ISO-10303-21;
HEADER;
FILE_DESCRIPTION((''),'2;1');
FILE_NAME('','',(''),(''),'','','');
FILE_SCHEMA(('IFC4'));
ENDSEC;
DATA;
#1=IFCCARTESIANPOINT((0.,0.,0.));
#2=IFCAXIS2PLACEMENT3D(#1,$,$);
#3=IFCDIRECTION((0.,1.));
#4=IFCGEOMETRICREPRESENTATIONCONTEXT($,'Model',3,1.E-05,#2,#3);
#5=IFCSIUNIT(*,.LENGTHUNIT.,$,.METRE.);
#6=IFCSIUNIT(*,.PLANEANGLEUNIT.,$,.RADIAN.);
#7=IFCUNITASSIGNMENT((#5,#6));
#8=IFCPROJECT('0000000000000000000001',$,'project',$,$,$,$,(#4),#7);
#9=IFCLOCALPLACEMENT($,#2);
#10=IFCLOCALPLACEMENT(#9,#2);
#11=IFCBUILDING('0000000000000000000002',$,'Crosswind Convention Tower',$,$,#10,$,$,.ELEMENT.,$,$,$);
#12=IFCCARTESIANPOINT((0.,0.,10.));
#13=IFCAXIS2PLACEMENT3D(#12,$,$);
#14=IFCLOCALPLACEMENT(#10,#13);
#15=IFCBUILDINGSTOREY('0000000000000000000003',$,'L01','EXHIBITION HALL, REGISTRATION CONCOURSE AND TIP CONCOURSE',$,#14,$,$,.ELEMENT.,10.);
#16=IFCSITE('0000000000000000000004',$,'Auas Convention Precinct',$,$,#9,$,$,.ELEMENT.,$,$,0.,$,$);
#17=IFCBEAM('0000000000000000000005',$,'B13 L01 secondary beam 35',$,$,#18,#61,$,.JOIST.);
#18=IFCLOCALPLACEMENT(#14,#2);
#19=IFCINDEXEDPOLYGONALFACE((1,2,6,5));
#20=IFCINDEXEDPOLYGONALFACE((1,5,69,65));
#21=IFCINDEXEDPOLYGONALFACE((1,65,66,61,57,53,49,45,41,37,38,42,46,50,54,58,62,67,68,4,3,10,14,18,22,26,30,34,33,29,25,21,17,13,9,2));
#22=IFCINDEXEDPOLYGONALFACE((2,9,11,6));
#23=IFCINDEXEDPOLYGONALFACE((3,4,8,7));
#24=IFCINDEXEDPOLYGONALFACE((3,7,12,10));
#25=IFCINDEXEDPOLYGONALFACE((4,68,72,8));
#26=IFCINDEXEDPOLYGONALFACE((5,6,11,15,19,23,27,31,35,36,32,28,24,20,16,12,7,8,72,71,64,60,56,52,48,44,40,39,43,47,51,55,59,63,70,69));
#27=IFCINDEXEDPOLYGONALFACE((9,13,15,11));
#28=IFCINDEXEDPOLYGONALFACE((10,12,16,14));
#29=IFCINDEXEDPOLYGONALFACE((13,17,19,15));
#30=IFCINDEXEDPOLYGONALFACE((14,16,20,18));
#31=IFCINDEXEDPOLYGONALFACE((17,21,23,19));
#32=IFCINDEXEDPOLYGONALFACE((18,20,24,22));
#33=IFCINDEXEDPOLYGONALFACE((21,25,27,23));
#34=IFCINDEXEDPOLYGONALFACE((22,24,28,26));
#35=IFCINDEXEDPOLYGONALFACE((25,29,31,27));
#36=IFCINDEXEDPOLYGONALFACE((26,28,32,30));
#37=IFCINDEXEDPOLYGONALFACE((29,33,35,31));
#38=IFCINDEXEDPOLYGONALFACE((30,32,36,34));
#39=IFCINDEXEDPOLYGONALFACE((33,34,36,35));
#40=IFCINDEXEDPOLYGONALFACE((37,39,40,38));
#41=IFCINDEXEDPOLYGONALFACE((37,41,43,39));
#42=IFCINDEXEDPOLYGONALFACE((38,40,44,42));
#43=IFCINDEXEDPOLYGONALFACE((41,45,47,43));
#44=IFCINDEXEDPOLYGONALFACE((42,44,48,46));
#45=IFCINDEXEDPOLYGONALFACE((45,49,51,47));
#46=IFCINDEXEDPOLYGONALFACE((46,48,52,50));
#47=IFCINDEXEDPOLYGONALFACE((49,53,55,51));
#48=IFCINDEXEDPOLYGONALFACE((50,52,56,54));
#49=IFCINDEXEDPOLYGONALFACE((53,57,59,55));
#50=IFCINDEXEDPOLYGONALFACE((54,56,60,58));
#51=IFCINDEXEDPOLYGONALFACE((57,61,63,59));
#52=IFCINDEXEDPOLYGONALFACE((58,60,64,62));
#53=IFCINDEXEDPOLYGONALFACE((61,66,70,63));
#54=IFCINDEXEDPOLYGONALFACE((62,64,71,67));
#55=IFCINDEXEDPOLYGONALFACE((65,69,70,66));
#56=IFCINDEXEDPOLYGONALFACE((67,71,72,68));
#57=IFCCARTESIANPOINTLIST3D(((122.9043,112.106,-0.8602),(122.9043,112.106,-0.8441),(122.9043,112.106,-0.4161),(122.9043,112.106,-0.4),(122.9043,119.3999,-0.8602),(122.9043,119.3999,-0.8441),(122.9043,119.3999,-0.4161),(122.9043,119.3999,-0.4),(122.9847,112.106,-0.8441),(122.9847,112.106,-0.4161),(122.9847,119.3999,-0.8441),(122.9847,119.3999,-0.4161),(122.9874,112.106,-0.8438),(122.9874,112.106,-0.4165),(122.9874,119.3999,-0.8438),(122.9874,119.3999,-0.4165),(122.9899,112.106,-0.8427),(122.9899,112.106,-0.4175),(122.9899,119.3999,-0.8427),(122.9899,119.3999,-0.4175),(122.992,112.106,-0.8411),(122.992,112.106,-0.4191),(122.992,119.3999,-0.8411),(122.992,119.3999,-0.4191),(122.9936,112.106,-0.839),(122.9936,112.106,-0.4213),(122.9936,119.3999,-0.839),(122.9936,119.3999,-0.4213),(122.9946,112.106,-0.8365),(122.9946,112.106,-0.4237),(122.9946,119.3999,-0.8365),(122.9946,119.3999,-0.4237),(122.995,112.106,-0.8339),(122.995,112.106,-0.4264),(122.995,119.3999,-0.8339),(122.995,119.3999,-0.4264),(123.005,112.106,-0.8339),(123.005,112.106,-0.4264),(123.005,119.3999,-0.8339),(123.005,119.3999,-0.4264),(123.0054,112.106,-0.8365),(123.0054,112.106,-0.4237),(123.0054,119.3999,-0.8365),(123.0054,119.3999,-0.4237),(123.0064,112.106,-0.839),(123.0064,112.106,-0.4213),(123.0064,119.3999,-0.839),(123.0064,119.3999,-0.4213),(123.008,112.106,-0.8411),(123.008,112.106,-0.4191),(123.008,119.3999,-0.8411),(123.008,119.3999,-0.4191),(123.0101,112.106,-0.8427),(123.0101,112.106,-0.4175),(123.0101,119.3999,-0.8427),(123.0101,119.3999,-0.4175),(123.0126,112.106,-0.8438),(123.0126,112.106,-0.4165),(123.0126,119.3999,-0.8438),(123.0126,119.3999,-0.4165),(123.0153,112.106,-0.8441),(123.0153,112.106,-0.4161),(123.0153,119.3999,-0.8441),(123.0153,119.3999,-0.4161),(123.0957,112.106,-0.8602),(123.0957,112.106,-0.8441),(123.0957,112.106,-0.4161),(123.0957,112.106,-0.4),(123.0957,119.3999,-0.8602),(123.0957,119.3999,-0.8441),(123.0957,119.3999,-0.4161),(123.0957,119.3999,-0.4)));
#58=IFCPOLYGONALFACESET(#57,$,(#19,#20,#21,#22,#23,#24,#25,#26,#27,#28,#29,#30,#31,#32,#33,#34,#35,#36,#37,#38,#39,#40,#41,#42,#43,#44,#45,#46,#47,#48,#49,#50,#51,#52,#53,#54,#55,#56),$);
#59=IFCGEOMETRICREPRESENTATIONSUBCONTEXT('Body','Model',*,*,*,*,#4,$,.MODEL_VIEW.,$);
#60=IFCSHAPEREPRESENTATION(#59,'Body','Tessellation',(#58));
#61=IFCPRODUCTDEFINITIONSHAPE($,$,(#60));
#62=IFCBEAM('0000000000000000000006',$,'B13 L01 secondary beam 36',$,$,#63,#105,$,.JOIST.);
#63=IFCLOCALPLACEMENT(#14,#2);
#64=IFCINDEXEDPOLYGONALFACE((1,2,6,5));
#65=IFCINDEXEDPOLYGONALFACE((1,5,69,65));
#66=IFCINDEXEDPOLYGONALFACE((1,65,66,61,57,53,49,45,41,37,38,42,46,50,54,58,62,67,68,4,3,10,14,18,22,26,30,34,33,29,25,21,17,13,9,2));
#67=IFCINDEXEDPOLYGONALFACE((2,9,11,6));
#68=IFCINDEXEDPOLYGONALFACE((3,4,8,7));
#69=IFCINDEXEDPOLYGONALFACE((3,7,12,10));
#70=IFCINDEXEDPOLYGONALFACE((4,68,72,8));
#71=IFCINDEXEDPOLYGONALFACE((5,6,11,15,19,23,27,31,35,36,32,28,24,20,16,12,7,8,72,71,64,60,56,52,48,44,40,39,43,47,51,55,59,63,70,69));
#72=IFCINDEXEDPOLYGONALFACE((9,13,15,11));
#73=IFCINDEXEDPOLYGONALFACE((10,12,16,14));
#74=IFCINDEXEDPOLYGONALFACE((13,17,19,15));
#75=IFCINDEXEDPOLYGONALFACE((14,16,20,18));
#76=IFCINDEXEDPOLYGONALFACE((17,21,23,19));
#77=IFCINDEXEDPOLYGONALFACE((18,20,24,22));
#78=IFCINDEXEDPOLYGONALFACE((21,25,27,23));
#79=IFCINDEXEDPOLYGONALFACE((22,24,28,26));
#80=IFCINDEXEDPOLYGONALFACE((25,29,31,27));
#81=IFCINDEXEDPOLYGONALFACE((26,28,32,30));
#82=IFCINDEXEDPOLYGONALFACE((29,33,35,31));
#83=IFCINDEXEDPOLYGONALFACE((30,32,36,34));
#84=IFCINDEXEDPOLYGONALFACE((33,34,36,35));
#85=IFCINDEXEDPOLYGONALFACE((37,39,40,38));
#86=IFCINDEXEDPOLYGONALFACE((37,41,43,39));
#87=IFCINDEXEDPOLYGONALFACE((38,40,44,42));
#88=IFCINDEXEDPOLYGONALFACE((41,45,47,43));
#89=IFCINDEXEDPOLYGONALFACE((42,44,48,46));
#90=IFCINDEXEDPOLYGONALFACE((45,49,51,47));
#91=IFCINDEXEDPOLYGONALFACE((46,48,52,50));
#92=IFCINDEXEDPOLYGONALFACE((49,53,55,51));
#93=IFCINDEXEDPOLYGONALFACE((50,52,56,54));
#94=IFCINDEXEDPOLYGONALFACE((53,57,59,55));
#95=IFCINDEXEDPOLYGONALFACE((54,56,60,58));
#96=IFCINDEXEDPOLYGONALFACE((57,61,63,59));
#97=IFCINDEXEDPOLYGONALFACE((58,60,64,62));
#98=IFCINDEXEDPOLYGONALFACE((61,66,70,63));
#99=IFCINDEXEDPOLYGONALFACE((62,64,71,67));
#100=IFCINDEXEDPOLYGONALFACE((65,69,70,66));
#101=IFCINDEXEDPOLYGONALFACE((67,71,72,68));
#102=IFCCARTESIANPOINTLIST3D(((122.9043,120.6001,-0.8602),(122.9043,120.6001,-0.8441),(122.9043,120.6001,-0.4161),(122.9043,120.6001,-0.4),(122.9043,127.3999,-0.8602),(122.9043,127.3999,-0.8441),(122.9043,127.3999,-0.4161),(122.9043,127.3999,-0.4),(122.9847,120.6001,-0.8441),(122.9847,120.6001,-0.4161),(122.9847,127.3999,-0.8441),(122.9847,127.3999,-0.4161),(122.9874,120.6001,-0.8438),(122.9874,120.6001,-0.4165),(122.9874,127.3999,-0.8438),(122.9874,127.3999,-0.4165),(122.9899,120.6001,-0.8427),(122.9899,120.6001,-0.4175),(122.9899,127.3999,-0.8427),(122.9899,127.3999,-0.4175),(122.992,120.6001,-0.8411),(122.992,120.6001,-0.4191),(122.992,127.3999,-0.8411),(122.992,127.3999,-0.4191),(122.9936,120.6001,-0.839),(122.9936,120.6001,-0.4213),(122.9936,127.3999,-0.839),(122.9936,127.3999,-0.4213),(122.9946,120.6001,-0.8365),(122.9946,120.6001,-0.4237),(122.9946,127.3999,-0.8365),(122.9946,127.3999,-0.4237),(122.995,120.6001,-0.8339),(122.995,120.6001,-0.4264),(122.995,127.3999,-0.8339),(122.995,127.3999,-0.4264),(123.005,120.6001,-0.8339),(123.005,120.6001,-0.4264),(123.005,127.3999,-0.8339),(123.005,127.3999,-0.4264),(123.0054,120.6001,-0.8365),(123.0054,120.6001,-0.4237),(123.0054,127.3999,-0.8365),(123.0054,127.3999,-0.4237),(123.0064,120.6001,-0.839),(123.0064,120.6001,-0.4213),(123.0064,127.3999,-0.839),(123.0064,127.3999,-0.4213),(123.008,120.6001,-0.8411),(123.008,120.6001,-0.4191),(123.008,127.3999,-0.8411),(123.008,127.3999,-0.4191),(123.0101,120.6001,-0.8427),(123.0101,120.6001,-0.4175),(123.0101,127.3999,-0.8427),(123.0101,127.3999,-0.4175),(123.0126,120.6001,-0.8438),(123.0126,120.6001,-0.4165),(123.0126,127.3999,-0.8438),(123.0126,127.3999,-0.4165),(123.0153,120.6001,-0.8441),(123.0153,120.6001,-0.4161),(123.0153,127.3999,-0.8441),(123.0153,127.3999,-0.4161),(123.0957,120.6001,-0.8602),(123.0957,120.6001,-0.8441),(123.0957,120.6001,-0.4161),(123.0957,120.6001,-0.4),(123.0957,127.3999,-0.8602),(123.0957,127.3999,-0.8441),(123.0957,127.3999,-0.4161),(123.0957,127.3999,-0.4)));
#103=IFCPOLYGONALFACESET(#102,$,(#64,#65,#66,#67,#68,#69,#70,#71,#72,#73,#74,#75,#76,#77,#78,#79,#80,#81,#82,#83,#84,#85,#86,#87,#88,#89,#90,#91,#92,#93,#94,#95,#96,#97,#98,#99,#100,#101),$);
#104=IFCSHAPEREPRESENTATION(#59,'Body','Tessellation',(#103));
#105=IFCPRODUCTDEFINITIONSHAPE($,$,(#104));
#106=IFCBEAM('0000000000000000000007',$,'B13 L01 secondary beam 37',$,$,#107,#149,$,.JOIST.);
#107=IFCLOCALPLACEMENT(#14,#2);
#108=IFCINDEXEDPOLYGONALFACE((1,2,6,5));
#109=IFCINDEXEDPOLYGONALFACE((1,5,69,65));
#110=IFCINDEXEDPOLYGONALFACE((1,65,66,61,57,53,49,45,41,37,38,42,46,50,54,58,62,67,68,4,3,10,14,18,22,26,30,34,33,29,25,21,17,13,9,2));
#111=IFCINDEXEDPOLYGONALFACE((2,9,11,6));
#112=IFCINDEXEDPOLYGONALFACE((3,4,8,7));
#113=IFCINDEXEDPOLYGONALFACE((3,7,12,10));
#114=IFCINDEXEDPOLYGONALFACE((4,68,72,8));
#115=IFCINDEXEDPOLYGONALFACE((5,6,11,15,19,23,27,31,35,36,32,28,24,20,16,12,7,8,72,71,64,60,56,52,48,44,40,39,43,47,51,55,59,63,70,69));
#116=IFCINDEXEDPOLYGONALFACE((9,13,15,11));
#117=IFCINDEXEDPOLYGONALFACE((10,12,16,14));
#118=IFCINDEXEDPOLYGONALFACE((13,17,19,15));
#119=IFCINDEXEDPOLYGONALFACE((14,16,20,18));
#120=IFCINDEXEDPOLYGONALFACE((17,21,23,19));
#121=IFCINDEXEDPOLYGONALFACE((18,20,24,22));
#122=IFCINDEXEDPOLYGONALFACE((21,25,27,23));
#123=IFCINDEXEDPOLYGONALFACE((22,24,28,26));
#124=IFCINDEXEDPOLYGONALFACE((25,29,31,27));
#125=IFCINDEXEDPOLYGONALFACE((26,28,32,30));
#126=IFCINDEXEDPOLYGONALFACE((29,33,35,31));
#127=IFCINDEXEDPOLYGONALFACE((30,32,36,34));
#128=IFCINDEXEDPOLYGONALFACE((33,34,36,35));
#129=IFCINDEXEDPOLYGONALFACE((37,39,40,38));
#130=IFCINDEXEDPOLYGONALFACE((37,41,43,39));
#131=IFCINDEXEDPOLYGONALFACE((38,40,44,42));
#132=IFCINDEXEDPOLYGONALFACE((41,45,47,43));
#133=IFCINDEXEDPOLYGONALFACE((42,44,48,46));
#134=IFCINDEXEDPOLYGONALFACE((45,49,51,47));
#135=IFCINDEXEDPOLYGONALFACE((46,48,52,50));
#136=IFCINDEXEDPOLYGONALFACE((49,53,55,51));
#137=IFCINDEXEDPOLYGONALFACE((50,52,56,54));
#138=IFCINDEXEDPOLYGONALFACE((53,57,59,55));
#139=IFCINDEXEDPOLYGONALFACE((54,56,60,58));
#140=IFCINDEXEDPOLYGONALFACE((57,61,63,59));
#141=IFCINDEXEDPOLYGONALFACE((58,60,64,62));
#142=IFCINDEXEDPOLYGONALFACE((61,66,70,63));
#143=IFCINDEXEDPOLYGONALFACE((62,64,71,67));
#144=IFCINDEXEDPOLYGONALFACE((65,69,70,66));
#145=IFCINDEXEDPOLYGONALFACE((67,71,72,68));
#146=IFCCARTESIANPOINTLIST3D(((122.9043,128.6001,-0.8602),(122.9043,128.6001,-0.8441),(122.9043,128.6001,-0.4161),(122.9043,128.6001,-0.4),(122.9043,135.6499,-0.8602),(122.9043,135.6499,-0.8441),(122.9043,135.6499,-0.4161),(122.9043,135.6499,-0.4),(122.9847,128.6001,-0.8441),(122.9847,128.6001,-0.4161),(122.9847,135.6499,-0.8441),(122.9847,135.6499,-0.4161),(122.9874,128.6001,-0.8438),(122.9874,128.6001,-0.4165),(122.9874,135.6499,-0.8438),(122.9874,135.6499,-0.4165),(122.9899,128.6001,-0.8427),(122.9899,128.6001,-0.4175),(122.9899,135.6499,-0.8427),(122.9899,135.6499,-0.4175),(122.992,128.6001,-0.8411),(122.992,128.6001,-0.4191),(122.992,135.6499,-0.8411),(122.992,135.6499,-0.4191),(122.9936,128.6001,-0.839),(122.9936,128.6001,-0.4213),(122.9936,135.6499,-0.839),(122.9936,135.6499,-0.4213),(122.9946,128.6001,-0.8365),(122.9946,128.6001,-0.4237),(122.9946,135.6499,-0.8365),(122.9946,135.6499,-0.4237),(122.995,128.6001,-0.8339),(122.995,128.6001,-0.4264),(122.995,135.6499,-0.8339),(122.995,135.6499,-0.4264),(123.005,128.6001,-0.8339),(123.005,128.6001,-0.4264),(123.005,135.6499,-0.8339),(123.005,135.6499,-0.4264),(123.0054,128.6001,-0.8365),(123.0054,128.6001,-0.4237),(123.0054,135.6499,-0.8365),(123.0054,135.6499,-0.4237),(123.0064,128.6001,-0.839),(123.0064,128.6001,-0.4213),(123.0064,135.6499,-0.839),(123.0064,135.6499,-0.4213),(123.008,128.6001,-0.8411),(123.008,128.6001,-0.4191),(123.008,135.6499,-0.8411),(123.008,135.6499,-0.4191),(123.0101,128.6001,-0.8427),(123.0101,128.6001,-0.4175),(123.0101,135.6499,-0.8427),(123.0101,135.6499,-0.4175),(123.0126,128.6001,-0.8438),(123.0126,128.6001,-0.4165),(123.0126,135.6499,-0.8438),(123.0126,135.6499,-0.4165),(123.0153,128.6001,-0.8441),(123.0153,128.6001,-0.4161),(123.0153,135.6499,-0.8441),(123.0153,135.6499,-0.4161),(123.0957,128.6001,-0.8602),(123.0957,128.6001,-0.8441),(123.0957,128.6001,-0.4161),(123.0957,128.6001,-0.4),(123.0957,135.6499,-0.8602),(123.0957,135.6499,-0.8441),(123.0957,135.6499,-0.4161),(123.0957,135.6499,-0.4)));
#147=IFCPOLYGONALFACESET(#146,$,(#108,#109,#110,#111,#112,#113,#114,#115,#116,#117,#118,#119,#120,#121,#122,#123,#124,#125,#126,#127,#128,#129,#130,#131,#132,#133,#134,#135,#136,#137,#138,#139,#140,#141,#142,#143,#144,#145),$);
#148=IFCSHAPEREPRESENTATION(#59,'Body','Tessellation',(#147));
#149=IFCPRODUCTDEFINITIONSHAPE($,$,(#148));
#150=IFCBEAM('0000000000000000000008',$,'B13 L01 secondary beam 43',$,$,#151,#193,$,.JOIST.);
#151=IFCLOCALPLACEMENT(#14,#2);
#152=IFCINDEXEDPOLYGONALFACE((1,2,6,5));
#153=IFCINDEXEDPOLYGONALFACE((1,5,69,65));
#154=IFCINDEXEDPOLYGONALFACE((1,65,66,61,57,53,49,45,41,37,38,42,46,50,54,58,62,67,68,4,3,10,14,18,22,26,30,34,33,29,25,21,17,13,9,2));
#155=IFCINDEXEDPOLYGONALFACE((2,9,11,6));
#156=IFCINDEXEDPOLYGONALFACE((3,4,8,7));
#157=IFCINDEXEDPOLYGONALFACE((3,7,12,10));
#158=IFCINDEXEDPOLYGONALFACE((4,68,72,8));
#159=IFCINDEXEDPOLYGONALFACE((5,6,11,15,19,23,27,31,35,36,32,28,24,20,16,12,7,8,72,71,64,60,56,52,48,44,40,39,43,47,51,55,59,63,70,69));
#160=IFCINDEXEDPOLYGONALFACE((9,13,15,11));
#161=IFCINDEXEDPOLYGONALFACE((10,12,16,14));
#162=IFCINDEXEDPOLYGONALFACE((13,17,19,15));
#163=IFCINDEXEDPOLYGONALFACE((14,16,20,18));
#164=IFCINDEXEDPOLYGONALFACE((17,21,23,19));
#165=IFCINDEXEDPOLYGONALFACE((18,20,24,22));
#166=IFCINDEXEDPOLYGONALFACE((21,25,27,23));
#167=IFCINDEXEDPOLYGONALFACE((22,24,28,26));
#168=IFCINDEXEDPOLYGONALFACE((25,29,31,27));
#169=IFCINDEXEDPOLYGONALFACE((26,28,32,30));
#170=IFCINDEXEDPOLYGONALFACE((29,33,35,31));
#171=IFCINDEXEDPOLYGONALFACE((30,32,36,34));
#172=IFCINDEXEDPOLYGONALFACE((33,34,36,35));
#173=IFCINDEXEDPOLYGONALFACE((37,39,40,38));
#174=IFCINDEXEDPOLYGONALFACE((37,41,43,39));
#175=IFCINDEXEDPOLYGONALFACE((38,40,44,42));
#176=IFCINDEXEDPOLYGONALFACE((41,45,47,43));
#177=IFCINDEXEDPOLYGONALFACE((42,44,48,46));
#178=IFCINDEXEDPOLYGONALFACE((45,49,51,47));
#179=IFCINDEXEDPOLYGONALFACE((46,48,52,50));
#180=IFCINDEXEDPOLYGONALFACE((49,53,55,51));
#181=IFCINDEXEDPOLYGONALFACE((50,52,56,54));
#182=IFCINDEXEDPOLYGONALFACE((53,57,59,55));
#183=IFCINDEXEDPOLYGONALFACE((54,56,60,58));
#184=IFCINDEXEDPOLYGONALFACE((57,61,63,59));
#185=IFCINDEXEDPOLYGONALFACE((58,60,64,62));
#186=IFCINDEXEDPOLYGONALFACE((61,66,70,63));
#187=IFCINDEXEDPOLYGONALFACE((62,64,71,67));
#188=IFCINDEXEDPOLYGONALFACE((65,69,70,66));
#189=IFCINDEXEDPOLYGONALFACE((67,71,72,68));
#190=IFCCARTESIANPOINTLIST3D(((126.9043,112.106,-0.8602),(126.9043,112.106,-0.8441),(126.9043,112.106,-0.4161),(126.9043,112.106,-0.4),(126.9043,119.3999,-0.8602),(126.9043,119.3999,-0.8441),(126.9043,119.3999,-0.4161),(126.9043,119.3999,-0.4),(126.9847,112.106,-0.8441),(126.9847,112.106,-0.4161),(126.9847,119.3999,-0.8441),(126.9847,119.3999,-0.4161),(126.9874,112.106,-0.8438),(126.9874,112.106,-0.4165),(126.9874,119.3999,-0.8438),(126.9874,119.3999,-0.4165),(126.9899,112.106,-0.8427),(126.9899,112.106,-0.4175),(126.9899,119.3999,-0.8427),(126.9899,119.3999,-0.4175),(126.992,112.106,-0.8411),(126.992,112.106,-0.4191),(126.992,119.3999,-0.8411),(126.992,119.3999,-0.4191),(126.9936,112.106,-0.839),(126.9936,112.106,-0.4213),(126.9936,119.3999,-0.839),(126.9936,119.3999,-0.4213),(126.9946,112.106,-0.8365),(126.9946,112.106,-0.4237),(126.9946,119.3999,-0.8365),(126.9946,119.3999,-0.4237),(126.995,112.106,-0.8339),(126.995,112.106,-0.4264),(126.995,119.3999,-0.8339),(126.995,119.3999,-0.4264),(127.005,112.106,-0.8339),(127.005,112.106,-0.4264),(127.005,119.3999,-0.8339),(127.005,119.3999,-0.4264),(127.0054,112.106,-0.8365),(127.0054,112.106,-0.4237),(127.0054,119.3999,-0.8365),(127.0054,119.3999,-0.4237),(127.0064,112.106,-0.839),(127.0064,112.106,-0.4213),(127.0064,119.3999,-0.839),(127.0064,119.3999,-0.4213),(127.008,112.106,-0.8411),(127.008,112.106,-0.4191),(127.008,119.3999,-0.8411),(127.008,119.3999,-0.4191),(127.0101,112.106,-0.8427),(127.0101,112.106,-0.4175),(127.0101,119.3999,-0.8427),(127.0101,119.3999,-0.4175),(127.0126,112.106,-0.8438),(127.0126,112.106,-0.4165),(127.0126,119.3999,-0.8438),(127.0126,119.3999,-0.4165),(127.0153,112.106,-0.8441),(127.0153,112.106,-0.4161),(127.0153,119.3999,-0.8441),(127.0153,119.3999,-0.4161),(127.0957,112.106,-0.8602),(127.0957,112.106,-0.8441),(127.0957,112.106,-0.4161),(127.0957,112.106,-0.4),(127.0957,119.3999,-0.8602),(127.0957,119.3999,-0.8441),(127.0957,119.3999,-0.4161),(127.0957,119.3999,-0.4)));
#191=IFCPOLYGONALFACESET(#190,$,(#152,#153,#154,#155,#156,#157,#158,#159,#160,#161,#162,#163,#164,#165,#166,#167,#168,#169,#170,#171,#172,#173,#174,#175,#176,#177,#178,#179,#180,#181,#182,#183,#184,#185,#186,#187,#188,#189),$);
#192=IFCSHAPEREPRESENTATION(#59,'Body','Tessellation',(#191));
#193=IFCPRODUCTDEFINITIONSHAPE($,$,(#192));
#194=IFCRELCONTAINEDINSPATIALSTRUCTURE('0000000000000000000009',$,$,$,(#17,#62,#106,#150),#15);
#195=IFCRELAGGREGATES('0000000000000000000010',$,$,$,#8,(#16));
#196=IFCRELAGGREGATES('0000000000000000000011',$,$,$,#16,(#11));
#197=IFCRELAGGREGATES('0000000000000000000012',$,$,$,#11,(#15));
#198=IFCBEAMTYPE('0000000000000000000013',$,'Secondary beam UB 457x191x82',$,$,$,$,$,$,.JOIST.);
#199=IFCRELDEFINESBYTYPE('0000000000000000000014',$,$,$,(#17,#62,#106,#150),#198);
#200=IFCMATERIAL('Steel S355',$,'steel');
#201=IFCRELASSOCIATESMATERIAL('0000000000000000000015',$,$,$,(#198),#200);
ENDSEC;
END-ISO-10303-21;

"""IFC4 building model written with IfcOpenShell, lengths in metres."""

from ifc_helpers import new_model, si_unit, direction, frame, origin, origin_2d, place, context, subcontext, project, spatial, i_section, extrude, material, material_profile, profile_set, type_object, element, save


model = new_model("IFC4")

# Units and contexts
model_context = context("Model", 3, precision=1e-05, world=origin(), true_north=direction((0.0, 1.0)))
body_context = subcontext(model_context, "Body", "Model", "MODEL_VIEW")
ifc_project = project(units=[si_unit("LENGTHUNIT", "METRE"), si_unit("PLANEANGLEUNIT", "RADIAN")], contexts=[model_context])

# Site, building, storey
site_placement = place(None, origin())
site = spatial("IfcSite", under=ifc_project, at=site_placement, Name="Auas Convention Precinct", CompositionType="ELEMENT", RefElevation=0.0)
building_placement = place(site_placement, origin())
building = spatial("IfcBuilding", under=site, at=building_placement, Name="Crosswind Convention Tower", CompositionType="ELEMENT")
storey_placement = place(building_placement, frame((0.0, 0.0, 10.0)))
storey = spatial("IfcBuildingStorey", under=building, at=storey_placement, Name="L01", Description="EXHIBITION HALL, REGISTRATION CONCOURSE AND TIP CONCOURSE", CompositionType="ELEMENT", Elevation=10.0)

# Shared definitions
ifc_material_1 = material(Name="Steel S355", Category="steel")

# Beams
ifc_material_profile_1 = material_profile(ifc_material_1, i_section(OverallWidth=0.1914, OverallDepth=0.4602, WebThickness=0.01, FlangeThickness=0.0161, FilletRadius=0.0103, at=origin_2d()), Name="UB 457x191x82")
ifc_profile_set_1 = profile_set([ifc_material_profile_1], Name="Steel S355")
beam_type_1 = type_object("IfcBeamType", Name="Secondary beam UB 457x191x82", PredefinedType="JOIST", material=ifc_profile_set_1)
beam_1_placement = place(storey_placement, frame((123.0, 112.106, -0.6301), z_axis=(0.0, 1.0, 0.0), x_axis=(-1.0, 0.0, 0.0)))
element("IfcBeam", 1, at=beam_1_placement, inside=storey, type_object=beam_type_1, Name="B13 L01 secondary beam 35", PredefinedType="JOIST", context=body_context, shape_type="SweptSolid", body=[
    extrude(i_section(OverallWidth=0.1914, OverallDepth=0.4602, WebThickness=0.01, FlangeThickness=0.0161, FilletRadius=0.0103, at=origin_2d()), origin(), (0.0, 0.0, 1.0), 7.2939),
])
beam_2_placement = place(storey_placement, frame((123.0, 120.6001, -0.6301), z_axis=(0.0, 1.0, 0.0), x_axis=(-1.0, 0.0, 0.0)))
element("IfcBeam", 2, at=beam_2_placement, inside=storey, type_object=beam_type_1, Name="B13 L01 secondary beam 36", PredefinedType="JOIST", context=body_context, shape_type="SweptSolid", body=[
    extrude(i_section(OverallWidth=0.1914, OverallDepth=0.4602, WebThickness=0.01, FlangeThickness=0.0161, FilletRadius=0.0103, at=origin_2d()), origin(), (0.0, 0.0, 1.0), 6.7998),
])
beam_3_placement = place(storey_placement, frame((123.0, 128.6001, -0.6301), z_axis=(0.0, 1.0, 0.0), x_axis=(-1.0, 0.0, 0.0)))
element("IfcBeam", 3, at=beam_3_placement, inside=storey, type_object=beam_type_1, Name="B13 L01 secondary beam 37", PredefinedType="JOIST", context=body_context, shape_type="SweptSolid", body=[
    extrude(i_section(OverallWidth=0.1914, OverallDepth=0.4602, WebThickness=0.01, FlangeThickness=0.0161, FilletRadius=0.0103, at=origin_2d()), origin(), (0.0, 0.0, 1.0), 7.0498),
])
beam_4_placement = place(storey_placement, frame((127.0, 112.106, -0.6301), z_axis=(0.0, 1.0, 0.0), x_axis=(-1.0, 0.0, 0.0)))
element("IfcBeam", 4, at=beam_4_placement, inside=storey, type_object=beam_type_1, Name="B13 L01 secondary beam 43", PredefinedType="JOIST", context=body_context, shape_type="SweptSolid", body=[
    extrude(i_section(OverallWidth=0.1914, OverallDepth=0.4602, WebThickness=0.01, FlangeThickness=0.0161, FilletRadius=0.0103, at=origin_2d()), origin(), (0.0, 0.0, 1.0), 7.2939),
])

save(model, "model.ifc")
